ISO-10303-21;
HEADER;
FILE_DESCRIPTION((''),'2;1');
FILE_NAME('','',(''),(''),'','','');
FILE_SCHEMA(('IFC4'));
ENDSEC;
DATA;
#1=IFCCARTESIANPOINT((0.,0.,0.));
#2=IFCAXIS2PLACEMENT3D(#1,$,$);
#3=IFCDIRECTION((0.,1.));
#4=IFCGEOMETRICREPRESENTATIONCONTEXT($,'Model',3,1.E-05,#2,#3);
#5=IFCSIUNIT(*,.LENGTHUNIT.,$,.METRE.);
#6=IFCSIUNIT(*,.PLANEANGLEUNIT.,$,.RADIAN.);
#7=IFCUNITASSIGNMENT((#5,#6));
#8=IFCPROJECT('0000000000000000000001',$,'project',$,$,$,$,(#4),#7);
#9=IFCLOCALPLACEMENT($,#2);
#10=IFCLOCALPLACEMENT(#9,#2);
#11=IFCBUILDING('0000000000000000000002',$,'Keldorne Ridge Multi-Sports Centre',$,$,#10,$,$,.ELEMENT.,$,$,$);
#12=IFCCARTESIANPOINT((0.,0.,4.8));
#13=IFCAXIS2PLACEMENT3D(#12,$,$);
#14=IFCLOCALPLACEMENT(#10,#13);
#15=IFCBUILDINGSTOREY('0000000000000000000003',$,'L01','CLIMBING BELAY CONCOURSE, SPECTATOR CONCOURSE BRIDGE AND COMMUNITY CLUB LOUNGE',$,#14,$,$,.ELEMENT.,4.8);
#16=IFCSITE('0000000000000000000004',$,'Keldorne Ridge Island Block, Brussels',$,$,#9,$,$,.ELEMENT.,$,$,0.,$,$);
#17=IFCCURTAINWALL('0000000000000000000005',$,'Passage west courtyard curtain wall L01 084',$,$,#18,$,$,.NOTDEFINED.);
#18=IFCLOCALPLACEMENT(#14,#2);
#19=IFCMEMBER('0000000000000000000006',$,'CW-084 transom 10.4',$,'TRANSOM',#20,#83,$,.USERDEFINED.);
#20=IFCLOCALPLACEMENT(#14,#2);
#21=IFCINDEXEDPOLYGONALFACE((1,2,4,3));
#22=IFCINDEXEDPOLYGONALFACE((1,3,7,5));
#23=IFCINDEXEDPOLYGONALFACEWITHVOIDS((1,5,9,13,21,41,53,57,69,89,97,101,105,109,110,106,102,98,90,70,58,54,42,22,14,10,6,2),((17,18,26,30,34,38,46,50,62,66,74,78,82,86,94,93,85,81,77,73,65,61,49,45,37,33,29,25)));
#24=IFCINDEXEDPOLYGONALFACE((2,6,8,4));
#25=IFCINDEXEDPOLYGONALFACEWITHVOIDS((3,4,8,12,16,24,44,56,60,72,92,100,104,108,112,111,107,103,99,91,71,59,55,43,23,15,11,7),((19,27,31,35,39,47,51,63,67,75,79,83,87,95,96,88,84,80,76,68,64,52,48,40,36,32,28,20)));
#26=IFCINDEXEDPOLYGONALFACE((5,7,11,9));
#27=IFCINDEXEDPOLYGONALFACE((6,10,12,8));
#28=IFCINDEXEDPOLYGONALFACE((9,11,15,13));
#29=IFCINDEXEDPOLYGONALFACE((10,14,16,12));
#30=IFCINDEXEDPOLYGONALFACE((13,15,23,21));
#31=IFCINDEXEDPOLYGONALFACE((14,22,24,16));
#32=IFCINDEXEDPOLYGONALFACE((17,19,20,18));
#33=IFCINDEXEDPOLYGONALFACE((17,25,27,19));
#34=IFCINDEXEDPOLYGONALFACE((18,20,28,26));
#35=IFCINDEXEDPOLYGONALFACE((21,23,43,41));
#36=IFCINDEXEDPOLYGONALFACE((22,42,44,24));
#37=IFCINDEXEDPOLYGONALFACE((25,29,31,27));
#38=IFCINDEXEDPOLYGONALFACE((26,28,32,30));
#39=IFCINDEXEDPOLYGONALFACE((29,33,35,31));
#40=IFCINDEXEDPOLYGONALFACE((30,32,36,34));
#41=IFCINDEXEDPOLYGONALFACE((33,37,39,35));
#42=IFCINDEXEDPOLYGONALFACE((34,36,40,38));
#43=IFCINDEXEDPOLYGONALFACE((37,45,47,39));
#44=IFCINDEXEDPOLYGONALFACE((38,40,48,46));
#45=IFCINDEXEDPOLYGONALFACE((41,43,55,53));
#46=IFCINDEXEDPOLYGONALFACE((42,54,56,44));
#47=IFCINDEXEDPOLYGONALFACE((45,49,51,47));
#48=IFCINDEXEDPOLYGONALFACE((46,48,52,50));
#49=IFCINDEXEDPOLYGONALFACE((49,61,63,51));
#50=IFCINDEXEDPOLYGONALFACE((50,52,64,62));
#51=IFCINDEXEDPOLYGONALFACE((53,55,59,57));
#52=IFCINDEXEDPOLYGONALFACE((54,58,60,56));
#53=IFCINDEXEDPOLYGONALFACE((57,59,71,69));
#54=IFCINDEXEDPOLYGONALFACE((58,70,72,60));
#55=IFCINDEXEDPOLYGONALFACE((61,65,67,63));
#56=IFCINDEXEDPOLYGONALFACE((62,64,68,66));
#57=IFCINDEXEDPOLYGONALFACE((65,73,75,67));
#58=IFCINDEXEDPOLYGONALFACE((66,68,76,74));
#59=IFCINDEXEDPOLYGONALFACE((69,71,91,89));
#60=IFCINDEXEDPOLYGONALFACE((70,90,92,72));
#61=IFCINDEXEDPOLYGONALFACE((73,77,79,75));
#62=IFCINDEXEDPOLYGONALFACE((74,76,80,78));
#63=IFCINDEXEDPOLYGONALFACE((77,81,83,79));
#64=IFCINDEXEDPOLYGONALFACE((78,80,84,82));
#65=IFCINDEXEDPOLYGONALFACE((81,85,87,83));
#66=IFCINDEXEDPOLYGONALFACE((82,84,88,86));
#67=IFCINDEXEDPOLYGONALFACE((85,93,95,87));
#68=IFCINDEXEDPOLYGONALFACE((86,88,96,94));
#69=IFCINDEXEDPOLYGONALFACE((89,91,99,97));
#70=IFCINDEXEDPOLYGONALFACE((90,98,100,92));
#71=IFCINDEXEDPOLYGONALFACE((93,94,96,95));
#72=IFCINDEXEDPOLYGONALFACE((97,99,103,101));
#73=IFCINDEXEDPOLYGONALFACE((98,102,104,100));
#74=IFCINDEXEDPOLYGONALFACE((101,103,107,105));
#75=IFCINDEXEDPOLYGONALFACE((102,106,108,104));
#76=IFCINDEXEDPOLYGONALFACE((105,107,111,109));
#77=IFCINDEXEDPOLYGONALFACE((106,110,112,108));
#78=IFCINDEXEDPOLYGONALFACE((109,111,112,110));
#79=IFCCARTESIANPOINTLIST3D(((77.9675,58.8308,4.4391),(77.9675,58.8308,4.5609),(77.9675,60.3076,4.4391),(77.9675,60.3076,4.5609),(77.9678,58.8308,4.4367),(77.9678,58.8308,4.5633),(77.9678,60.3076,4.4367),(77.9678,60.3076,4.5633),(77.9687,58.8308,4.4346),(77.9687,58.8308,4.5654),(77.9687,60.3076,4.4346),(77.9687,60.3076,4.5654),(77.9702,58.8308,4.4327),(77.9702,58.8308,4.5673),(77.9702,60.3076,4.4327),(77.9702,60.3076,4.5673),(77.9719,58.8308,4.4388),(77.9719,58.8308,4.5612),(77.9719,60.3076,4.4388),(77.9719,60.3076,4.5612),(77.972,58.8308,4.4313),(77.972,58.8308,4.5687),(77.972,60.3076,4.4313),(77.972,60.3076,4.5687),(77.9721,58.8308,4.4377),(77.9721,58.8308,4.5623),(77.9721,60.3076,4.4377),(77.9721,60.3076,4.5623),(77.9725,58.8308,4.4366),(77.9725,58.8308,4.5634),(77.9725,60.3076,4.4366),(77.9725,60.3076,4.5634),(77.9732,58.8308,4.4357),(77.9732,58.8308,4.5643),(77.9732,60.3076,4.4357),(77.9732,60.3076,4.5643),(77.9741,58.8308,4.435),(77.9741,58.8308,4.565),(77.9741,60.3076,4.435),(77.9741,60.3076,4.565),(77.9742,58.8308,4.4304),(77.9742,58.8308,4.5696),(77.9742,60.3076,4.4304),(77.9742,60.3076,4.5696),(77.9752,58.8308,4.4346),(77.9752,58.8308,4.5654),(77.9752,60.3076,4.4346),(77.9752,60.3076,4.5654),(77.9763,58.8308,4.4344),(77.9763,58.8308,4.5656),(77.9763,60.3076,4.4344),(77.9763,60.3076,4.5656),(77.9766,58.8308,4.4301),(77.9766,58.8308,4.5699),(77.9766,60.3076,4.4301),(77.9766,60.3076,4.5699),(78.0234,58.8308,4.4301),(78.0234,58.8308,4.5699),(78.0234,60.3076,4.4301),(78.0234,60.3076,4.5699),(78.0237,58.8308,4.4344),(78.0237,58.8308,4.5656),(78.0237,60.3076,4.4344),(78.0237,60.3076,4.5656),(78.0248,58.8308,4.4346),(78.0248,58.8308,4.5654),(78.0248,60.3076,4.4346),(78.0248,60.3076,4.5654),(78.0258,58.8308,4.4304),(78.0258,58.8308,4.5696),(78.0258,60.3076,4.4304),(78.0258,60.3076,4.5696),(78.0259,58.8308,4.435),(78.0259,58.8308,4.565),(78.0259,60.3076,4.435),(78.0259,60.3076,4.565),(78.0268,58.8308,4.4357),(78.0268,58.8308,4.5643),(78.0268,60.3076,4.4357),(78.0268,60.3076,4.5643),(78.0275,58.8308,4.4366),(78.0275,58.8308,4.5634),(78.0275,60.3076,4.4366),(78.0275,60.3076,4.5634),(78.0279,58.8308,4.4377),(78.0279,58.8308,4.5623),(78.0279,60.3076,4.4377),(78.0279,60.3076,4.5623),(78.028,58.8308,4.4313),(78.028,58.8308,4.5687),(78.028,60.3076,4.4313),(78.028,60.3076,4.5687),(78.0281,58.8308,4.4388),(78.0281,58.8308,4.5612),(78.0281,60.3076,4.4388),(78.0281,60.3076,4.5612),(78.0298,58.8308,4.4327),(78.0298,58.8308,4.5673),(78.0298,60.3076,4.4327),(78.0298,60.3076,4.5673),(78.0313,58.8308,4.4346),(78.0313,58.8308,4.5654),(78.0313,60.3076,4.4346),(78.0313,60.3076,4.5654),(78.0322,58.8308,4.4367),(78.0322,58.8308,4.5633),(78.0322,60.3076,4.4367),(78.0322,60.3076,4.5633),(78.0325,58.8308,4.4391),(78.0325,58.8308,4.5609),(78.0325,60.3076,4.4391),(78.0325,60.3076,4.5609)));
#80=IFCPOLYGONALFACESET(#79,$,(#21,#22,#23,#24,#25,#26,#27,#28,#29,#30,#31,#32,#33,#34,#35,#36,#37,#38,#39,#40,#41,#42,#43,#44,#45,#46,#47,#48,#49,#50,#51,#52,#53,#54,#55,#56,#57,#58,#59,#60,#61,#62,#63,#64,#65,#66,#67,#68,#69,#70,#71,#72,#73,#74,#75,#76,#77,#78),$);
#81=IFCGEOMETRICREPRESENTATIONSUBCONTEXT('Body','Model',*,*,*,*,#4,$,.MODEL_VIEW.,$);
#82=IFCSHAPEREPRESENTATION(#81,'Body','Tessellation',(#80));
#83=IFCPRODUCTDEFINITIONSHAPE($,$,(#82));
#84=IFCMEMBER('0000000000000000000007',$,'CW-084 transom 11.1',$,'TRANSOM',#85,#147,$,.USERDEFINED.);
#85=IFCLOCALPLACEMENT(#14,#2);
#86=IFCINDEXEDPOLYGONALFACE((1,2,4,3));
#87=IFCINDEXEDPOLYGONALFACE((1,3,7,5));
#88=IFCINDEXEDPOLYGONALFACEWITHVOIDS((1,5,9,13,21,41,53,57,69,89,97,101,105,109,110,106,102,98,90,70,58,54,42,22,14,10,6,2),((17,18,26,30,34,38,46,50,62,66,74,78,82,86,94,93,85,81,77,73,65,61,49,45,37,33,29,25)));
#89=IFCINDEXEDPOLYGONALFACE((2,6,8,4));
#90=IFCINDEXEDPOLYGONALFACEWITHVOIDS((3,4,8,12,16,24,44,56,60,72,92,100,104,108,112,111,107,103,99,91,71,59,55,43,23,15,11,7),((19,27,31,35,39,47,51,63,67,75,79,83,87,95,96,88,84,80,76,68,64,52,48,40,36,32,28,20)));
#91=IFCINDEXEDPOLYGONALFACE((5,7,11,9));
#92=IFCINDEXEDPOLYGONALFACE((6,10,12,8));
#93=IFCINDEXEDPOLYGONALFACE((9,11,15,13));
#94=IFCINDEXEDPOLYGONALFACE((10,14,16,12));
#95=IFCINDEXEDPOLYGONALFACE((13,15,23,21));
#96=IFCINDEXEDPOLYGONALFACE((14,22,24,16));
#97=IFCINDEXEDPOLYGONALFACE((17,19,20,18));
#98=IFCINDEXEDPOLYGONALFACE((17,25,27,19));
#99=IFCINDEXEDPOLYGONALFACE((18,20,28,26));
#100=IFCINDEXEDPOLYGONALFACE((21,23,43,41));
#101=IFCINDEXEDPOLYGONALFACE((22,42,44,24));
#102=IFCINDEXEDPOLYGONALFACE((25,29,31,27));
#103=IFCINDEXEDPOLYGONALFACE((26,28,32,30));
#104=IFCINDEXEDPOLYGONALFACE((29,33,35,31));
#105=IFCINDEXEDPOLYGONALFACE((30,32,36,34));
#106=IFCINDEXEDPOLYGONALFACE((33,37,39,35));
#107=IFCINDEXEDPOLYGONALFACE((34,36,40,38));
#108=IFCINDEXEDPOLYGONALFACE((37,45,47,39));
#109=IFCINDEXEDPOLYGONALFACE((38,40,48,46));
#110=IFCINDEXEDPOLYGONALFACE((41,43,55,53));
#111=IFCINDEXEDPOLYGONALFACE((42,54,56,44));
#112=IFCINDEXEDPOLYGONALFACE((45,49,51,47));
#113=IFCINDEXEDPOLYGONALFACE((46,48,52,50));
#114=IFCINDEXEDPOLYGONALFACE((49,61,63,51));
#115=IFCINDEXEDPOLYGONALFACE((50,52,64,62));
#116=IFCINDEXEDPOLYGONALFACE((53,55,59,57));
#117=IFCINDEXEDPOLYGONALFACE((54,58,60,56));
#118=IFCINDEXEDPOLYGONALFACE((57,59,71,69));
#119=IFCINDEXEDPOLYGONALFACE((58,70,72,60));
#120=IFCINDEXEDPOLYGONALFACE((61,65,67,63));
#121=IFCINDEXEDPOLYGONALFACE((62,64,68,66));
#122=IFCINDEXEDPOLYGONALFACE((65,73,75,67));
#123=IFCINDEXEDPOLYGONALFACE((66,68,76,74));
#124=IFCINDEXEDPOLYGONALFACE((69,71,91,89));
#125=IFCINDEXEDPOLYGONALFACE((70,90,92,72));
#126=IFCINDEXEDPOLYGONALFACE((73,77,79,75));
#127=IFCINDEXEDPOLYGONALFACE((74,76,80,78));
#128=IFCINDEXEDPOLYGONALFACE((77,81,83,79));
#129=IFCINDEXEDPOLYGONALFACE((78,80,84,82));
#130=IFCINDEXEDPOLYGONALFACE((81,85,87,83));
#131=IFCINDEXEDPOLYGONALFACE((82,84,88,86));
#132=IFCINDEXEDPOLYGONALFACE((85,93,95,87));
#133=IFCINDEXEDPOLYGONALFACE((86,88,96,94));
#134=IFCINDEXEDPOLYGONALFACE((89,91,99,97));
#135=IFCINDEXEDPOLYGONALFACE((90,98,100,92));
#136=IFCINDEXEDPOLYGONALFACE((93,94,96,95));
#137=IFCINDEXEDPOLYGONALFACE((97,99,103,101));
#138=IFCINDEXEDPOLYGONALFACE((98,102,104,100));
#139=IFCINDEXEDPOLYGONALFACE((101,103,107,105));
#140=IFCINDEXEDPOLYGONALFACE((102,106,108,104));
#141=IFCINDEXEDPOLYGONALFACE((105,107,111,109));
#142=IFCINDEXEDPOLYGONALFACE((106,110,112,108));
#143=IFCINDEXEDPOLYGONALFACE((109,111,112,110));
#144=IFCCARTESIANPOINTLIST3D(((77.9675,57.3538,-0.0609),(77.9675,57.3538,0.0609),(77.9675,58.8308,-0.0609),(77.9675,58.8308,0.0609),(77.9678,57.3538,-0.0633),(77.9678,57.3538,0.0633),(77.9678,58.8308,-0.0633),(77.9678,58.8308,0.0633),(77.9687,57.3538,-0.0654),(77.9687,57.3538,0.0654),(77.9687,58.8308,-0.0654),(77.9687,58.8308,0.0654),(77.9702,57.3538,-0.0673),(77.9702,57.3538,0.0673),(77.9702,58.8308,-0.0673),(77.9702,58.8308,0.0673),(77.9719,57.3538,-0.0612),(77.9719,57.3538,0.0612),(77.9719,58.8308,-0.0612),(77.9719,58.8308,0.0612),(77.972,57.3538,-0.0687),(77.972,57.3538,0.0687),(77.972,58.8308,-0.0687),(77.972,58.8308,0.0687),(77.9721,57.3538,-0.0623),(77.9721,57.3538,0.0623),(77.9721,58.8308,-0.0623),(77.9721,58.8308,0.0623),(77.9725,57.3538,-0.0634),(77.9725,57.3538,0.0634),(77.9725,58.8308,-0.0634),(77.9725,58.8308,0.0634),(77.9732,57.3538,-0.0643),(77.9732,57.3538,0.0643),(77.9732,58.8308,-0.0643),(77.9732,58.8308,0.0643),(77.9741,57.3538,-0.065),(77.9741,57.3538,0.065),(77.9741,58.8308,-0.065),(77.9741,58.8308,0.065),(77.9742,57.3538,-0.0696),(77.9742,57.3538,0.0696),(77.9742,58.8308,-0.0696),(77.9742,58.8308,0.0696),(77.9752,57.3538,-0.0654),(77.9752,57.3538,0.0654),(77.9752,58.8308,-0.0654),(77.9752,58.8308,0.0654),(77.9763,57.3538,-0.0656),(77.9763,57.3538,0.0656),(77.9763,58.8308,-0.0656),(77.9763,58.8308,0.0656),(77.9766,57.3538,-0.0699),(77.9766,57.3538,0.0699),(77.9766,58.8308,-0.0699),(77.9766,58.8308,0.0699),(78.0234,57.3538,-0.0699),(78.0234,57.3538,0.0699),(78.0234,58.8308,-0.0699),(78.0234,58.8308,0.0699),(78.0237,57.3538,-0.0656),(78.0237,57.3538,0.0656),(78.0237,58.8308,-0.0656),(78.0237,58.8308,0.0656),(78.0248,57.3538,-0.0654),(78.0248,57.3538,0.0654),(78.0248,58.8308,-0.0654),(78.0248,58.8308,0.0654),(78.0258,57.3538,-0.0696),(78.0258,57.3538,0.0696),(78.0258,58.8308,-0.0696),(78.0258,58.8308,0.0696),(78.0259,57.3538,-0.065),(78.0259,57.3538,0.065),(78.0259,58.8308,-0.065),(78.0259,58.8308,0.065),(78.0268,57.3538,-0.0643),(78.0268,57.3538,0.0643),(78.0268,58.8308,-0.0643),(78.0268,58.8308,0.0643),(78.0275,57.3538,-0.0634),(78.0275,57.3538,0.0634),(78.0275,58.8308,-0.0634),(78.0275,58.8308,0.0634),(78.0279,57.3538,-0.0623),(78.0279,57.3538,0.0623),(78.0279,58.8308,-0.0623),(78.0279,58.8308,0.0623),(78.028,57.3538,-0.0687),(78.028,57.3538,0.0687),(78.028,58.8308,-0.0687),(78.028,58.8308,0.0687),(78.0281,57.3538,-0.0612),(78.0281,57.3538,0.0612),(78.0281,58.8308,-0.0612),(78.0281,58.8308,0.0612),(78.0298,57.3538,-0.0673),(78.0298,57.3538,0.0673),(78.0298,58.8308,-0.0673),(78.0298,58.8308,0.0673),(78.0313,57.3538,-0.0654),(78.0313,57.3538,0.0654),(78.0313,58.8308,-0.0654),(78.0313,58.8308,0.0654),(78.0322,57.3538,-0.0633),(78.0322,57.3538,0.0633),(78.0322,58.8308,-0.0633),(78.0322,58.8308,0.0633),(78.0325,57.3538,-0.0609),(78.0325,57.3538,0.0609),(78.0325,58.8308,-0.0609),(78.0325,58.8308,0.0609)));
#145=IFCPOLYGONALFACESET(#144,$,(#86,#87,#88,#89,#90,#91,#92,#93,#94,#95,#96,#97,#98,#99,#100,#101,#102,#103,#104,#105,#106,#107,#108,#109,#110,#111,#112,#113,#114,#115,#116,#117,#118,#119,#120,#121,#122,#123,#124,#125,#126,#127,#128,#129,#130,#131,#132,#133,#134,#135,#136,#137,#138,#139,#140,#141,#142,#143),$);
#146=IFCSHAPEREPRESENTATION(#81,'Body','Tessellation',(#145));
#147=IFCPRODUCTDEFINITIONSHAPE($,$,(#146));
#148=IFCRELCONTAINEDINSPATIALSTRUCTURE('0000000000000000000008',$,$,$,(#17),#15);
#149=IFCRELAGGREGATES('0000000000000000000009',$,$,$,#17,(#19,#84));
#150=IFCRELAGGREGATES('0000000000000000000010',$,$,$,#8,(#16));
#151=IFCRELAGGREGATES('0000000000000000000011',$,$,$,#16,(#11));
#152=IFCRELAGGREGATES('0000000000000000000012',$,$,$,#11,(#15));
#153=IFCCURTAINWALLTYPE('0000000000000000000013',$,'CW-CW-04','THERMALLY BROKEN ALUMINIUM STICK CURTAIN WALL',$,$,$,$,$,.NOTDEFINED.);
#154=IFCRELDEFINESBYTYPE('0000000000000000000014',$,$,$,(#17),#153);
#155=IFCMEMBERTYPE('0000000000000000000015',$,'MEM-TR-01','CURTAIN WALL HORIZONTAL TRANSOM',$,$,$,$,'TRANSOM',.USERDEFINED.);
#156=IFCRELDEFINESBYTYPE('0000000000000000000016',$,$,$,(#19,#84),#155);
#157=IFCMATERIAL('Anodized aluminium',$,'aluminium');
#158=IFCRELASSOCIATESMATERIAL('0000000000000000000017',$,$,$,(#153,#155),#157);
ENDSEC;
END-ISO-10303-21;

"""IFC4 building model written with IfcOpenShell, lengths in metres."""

from ifc_helpers import new_model, si_unit, direction, frame, origin, origin_2d, place, context, subcontext, project, spatial, hollow_rectangle, extrude, material, material_profile, profile_set, type_object, element, aggregate, save


model = new_model("IFC4")

# Units and contexts
model_context = context("Model", 3, precision=1e-05, world=origin(), true_north=direction((0.0, 1.0)))
body_context = subcontext(model_context, "Body", "Model", "MODEL_VIEW")
ifc_project = project(units=[si_unit("LENGTHUNIT", "METRE"), si_unit("PLANEANGLEUNIT", "RADIAN")], contexts=[model_context])

# Site, building, storey
site_placement = place(None, origin())
site = spatial("IfcSite", under=ifc_project, at=site_placement, Name="Keldorne Ridge Island Block, Brussels", CompositionType="ELEMENT", RefElevation=0.0)
building_placement = place(site_placement, origin())
building = spatial("IfcBuilding", under=site, at=building_placement, Name="Keldorne Ridge Multi-Sports Centre", CompositionType="ELEMENT")
storey_placement = place(building_placement, frame((0.0, 0.0, 4.8)))
storey = spatial("IfcBuildingStorey", under=building, at=storey_placement, Name="L01", Description="CLIMBING BELAY CONCOURSE, SPECTATOR CONCOURSE BRIDGE AND COMMUNITY CLUB LOUNGE", CompositionType="ELEMENT", Elevation=4.8)

# Curtain wall, members
ifc_material_1 = material(Name="Anodized aluminium", Category="aluminium")
curtain_wall_type = type_object("IfcCurtainWallType", Name="CW-CW-04", Description="THERMALLY BROKEN ALUMINIUM STICK CURTAIN WALL", PredefinedType="NOTDEFINED", material=ifc_material_1)
curtain_wall_placement = place(storey_placement, origin())
curtain_wall = element("IfcCurtainWall", 1, at=curtain_wall_placement, inside=storey, type_object=curtain_wall_type, Name="Passage west courtyard curtain wall L01 084", PredefinedType="NOTDEFINED")
ifc_material_profile_1 = material_profile(ifc_material_1, hollow_rectangle(XDim=0.0649, YDim=0.1399, WallThickness=0.0044, InnerFilletRadius=0.0044, OuterFilletRadius=0.009, at=origin_2d()), Name="ALU TRANSOM 140x65x4.5")
ifc_profile_set_1 = profile_set([ifc_material_profile_1], Name="Anodized aluminium")
member_type_1 = type_object("IfcMemberType", Name="MEM-TR-01", Description="CURTAIN WALL HORIZONTAL TRANSOM", ElementType="TRANSOM", PredefinedType="USERDEFINED", material=ifc_profile_set_1)
member_1_placement = place(storey_placement, frame((78.0, 60.3076, 4.5), z_axis=(0.0, -1.0, 0.0), x_axis=(1.0, 0.0, 0.0)))
member_1 = element("IfcMember", 2, at=member_1_placement, type_object=member_type_1, Name="CW-084 transom 10.4", ObjectType="TRANSOM", PredefinedType="USERDEFINED", context=body_context, shape_type="SweptSolid", body=[
    extrude(hollow_rectangle(XDim=0.0649, YDim=0.1399, WallThickness=0.0044, InnerFilletRadius=0.0044, OuterFilletRadius=0.009, at=origin_2d()), origin(), (0.0, 0.0, 1.0), 1.4768),
])
member_2_placement = place(storey_placement, frame((78.0, 58.8308, 0.0), z_axis=(0.0, -1.0, 0.0), x_axis=(1.0, 0.0, 0.0)))
member_2 = element("IfcMember", 3, at=member_2_placement, type_object=member_type_1, Name="CW-084 transom 11.1", ObjectType="TRANSOM", PredefinedType="USERDEFINED", context=body_context, shape_type="SweptSolid", body=[
    extrude(hollow_rectangle(XDim=0.0649, YDim=0.1399, WallThickness=0.0044, InnerFilletRadius=0.0044, OuterFilletRadius=0.009, at=origin_2d()), origin(), (0.0, 0.0, 1.0), 1.4771),
])
aggregate(curtain_wall, [member_1, member_2])

save(model, "model.ifc")
